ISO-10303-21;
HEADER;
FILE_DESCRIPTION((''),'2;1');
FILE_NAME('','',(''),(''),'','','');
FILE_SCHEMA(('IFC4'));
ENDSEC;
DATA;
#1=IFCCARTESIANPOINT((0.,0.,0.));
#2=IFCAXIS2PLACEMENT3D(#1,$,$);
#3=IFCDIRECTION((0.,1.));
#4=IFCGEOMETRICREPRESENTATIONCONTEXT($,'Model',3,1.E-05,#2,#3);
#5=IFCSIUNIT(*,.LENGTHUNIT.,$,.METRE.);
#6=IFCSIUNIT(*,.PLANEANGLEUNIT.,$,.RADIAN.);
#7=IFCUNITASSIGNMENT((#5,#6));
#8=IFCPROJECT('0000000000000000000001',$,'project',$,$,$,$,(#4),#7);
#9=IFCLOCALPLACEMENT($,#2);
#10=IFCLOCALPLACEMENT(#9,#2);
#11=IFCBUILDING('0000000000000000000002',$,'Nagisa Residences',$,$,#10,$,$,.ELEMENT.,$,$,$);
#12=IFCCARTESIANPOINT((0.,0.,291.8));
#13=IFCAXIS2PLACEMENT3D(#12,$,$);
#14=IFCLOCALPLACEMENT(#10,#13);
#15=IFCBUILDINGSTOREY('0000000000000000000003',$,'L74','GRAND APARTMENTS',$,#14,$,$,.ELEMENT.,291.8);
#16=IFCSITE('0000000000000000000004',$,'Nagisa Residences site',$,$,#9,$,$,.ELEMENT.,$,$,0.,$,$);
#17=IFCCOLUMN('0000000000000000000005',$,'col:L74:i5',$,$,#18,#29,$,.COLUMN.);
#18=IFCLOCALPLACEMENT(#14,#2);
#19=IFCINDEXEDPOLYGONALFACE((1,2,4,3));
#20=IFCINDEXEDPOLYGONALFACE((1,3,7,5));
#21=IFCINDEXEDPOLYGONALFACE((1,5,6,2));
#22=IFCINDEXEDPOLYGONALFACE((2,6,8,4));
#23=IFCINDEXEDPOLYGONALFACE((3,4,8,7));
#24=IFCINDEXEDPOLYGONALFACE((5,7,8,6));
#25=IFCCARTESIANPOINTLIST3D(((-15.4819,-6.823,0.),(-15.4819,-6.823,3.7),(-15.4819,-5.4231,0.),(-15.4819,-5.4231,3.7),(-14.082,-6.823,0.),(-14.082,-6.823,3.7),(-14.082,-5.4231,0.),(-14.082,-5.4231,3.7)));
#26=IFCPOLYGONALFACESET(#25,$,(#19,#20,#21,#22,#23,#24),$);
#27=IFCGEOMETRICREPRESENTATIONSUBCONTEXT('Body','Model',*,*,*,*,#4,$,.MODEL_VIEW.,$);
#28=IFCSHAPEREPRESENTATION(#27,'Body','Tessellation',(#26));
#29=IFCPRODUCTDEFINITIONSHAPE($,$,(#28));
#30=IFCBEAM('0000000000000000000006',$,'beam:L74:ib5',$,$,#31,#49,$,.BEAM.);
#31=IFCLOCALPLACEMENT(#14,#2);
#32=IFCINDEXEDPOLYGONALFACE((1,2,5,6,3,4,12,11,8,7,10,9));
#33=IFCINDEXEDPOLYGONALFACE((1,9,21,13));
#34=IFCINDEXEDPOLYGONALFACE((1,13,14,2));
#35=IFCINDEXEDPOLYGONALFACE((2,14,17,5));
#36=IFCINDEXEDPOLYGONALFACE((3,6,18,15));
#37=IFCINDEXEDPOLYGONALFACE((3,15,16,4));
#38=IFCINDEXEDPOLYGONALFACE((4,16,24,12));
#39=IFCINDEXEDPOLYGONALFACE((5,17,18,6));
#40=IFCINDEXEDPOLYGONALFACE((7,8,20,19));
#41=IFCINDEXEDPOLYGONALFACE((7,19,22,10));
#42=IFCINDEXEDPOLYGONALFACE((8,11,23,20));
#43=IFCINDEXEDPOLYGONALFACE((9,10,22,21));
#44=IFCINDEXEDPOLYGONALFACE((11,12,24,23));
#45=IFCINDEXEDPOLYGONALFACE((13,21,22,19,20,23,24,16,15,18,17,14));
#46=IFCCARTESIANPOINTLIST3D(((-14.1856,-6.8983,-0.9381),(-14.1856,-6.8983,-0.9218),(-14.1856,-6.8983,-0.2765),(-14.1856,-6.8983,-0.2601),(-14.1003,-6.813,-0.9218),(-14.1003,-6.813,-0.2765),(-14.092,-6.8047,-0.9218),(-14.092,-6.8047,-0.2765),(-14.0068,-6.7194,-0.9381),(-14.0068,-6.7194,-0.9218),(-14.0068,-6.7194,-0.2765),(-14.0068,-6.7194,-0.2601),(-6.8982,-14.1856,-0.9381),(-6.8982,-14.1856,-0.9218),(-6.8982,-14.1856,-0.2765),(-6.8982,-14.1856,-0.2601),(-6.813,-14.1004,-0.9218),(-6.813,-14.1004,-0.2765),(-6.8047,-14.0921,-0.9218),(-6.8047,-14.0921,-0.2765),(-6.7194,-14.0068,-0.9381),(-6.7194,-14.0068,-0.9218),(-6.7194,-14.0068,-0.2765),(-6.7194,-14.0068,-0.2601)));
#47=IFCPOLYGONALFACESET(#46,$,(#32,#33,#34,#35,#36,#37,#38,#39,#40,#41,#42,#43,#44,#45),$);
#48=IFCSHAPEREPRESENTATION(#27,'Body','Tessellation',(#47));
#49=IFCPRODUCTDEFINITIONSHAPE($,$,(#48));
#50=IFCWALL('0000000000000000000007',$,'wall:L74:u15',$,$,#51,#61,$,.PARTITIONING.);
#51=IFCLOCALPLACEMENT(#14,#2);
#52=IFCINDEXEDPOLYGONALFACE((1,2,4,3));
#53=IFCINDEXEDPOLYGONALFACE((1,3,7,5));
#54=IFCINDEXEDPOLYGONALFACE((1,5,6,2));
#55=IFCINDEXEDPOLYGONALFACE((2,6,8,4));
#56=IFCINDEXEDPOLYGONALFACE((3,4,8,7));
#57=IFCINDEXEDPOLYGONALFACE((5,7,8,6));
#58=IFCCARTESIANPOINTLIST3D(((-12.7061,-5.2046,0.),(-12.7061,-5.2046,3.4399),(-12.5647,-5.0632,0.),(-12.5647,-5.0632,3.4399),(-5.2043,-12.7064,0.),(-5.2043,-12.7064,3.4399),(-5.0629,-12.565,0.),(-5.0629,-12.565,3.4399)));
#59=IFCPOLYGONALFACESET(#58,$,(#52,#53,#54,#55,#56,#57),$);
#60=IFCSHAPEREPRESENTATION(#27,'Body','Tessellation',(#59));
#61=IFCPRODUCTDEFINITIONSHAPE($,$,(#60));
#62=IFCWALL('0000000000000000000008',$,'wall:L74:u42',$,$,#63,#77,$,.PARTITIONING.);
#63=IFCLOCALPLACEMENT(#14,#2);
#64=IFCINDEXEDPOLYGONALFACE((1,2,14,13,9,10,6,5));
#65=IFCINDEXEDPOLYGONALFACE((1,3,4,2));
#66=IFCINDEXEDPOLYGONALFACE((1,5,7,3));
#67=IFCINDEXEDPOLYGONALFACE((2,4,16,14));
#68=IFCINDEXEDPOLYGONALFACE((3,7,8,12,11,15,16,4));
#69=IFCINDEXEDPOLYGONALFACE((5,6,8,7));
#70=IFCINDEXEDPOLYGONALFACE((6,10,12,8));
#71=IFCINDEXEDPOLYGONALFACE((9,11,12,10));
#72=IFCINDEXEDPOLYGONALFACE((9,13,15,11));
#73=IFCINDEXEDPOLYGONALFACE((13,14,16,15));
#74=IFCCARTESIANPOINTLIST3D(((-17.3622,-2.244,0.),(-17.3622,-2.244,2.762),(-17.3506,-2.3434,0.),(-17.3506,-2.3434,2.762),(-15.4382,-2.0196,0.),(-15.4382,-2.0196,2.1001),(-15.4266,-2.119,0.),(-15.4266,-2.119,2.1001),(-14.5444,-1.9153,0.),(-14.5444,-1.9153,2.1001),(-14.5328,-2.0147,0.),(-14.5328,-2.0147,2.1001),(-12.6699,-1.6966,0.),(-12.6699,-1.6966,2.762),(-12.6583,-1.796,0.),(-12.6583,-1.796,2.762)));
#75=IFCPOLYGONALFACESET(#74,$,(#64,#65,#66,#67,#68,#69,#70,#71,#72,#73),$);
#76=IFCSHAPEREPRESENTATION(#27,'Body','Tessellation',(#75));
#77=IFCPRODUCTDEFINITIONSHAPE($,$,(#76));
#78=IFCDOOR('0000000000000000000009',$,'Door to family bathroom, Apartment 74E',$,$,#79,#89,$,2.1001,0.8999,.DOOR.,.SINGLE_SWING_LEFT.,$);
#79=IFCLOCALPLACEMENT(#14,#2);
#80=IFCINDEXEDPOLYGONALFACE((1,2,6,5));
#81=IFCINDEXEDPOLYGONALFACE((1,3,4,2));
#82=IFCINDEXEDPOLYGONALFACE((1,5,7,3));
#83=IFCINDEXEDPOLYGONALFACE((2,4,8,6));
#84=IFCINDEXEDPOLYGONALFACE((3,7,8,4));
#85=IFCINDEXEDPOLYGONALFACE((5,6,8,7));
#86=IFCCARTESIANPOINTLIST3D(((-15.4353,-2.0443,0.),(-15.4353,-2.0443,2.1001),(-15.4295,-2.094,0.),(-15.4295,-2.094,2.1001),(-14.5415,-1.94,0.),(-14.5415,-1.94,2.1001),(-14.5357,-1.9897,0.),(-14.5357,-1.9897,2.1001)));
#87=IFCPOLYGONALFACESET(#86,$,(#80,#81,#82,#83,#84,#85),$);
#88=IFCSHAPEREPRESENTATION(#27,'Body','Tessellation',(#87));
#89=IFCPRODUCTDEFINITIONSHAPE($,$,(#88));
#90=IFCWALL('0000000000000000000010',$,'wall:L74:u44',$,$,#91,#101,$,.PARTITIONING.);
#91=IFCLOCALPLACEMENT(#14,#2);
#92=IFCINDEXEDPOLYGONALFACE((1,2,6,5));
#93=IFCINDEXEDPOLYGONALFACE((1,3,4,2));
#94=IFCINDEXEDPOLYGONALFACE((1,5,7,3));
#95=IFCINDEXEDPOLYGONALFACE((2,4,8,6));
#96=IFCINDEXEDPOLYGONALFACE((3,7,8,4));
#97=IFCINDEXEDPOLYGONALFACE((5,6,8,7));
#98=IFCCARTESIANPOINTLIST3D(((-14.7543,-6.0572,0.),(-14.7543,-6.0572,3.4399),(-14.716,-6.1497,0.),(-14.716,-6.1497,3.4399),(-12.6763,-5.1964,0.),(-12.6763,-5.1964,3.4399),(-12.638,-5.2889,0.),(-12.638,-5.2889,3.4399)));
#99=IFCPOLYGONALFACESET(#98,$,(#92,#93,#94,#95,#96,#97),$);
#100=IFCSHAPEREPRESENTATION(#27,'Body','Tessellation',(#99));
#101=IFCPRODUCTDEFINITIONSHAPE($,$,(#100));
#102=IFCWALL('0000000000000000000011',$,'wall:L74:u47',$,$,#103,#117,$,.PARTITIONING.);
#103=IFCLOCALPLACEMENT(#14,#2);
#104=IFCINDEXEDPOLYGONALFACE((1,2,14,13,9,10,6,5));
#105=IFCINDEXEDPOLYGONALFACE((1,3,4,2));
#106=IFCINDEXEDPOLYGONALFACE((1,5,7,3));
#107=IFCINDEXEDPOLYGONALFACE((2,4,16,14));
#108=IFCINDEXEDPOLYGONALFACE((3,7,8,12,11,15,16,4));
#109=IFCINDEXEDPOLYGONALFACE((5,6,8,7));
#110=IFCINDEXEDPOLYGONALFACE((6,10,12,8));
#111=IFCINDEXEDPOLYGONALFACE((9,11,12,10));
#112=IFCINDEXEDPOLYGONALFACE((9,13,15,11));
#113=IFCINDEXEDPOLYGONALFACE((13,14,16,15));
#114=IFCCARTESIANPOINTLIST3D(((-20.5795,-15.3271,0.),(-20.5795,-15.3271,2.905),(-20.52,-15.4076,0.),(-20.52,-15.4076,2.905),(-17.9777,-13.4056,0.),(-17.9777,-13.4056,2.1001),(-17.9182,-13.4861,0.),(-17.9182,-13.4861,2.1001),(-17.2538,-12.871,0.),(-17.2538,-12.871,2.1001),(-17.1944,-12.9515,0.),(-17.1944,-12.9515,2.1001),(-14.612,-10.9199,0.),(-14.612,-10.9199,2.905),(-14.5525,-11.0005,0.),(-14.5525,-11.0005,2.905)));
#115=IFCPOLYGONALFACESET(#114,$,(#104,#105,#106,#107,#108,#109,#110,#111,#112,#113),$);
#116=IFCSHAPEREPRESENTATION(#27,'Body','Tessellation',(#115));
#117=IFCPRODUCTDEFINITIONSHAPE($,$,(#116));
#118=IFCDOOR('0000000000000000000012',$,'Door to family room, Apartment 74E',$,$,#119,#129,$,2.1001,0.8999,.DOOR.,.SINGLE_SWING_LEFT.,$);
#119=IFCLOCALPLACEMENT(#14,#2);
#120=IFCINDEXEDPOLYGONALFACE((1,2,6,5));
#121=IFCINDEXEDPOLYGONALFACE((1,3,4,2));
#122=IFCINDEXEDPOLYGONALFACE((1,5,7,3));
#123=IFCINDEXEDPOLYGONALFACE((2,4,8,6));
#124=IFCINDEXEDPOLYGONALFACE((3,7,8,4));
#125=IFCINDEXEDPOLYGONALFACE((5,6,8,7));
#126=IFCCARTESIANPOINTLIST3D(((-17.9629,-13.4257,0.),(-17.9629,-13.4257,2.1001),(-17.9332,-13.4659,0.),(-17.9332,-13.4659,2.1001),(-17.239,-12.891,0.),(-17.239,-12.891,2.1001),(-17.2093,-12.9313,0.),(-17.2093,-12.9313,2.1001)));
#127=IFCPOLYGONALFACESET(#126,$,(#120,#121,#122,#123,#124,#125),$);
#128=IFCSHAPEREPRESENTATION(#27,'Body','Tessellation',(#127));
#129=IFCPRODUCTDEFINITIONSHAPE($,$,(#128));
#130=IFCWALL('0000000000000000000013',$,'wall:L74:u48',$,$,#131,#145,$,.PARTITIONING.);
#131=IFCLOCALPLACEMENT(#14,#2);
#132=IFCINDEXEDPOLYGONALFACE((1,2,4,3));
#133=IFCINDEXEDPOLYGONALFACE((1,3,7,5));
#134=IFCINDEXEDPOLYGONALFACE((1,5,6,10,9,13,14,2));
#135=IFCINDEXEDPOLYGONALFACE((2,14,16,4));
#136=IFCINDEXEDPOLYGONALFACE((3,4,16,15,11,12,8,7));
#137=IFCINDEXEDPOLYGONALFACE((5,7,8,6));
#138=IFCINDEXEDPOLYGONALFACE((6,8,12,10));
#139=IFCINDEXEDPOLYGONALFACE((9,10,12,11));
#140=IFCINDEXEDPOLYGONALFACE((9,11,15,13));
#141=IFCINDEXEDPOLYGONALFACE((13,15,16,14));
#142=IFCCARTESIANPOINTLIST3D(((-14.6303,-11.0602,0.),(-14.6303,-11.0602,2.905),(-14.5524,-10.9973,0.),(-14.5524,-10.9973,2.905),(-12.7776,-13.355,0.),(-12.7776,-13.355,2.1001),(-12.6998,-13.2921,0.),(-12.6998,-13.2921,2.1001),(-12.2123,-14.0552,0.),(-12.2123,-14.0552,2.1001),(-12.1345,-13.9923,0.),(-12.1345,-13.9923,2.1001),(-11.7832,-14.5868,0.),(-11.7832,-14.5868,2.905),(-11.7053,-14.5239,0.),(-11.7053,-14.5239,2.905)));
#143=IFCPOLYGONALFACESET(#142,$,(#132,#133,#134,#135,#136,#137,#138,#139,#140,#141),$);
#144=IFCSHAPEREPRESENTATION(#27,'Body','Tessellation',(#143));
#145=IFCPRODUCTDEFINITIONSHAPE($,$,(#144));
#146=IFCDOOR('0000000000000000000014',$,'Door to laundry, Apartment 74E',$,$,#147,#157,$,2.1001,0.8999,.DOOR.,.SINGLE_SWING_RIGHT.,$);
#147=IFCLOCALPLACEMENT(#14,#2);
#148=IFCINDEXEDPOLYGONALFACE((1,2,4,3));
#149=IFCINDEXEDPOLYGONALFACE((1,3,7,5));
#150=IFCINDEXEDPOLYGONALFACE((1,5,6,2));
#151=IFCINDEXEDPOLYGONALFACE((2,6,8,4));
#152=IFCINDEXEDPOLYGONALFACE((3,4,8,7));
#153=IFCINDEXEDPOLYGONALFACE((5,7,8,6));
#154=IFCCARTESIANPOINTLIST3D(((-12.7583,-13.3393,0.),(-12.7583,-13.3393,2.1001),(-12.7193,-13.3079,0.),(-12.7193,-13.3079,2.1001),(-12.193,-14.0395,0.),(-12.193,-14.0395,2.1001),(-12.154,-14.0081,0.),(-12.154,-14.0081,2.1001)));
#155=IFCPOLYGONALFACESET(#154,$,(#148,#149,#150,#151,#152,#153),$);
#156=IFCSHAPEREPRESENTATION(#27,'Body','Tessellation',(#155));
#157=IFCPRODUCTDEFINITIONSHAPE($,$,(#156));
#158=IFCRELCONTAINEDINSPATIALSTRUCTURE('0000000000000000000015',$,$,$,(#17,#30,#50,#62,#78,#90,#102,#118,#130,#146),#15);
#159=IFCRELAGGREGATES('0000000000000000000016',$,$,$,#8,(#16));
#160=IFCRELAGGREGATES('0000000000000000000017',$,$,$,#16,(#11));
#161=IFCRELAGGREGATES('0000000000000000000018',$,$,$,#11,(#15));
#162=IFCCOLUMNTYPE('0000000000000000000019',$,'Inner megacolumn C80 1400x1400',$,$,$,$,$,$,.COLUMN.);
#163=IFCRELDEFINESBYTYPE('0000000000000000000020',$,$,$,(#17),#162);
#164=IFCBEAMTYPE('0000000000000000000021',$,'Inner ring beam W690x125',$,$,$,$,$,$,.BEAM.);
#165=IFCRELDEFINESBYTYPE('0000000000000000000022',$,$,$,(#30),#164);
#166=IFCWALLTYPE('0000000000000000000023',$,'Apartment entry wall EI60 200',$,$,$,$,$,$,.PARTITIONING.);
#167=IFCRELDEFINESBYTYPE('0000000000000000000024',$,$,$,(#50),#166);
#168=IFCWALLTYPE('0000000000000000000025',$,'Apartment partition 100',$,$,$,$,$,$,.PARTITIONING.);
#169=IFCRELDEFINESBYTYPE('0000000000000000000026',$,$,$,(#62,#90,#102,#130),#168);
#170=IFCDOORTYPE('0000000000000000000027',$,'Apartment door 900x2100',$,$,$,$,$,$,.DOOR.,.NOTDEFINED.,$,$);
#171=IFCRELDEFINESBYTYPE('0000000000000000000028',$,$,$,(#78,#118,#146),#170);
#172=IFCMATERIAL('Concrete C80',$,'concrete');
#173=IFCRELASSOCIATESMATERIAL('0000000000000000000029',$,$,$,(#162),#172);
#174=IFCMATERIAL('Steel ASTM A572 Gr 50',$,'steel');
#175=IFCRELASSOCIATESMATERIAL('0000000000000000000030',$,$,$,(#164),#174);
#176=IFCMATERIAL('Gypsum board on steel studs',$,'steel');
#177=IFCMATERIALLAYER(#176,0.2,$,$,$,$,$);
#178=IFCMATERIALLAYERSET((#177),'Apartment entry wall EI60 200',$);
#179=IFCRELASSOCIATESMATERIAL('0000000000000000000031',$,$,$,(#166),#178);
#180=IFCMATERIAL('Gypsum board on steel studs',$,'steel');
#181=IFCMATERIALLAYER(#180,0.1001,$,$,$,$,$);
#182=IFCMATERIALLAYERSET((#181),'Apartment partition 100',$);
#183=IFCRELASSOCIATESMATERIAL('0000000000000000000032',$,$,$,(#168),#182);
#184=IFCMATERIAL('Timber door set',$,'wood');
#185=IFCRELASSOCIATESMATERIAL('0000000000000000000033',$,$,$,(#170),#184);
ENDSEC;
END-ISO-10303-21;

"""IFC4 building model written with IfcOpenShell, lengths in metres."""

from ifc_helpers import new_model, si_unit, direction, frame, frame_2d, origin, origin_2d, place, context, subcontext, project, spatial, rectangle, i_section, extrude, material, layer, layer_set, material_profile, profile_set, type_object, element, fill, save


model = new_model("IFC4")

# Units and contexts
model_context = context("Model", 3, precision=1e-05, world=origin(), true_north=direction((0.0, 1.0)))
body_context = subcontext(model_context, "Body", "Model", "MODEL_VIEW")
ifc_project = project(units=[si_unit("LENGTHUNIT", "METRE"), si_unit("PLANEANGLEUNIT", "RADIAN")], contexts=[model_context])

# Site, building, storey
site_placement = place(None, origin())
site = spatial("IfcSite", under=ifc_project, at=site_placement, Name="Nagisa Residences site", CompositionType="ELEMENT", RefElevation=0.0)
building_placement = place(site_placement, origin())
building = spatial("IfcBuilding", under=site, at=building_placement, Name="Nagisa Residences", CompositionType="ELEMENT")
storey_placement = place(building_placement, frame((0.0, 0.0, 291.8)))
storey = spatial("IfcBuildingStorey", under=building, at=storey_placement, Name="L74", Description="GRAND APARTMENTS", CompositionType="ELEMENT", Elevation=291.8)

# Column
ifc_material_1 = material(Name="Concrete C80", Category="concrete")
ifc_material_profile_1 = material_profile(ifc_material_1, rectangle(XDim=1.3999, YDim=1.3999, at=origin_2d()), Name="C80 1400x1400")
ifc_profile_set_1 = profile_set([ifc_material_profile_1], Name="Concrete C80")
column_type = type_object("IfcColumnType", Name="Inner megacolumn C80 1400x1400", PredefinedType="COLUMN", material=ifc_profile_set_1)
column_placement = place(storey_placement, frame((-14.782, -6.123, 0.0), z_axis=(0.0, 0.0, 1.0), x_axis=(1.0, 0.0, 0.0)))
element("IfcColumn", 1, at=column_placement, inside=storey, type_object=column_type, Name="col:L74:i5", PredefinedType="COLUMN", context=body_context, shape_type="SweptSolid", body=[
    extrude(rectangle(XDim=1.3999, YDim=1.3999, at=origin_2d()), origin(), (0.0, 0.0, 1.0), 3.7),
])

# Beam
ifc_material_2 = material(Name="Steel ASTM A572 Gr 50", Category="steel")
ifc_material_profile_2 = material_profile(ifc_material_2, i_section(OverallWidth=0.2529, OverallDepth=0.678, WebThickness=0.0117, FlangeThickness=0.0164, at=origin_2d()), Name="W690x125")
ifc_profile_set_2 = profile_set([ifc_material_profile_2], Name="Steel ASTM A572 Gr 50")
beam_type = type_object("IfcBeamType", Name="Inner ring beam W690x125", PredefinedType="BEAM", material=ifc_profile_set_2)
beam_placement = place(storey_placement, frame((-14.0962, -6.8088, -0.5991), z_axis=(0.707107, -0.707107, 0.0), x_axis=(0.707107, 0.707107, 0.0)))
element("IfcBeam", 2, at=beam_placement, inside=storey, type_object=beam_type, Name="beam:L74:ib5", PredefinedType="BEAM", context=body_context, shape_type="SweptSolid", body=[
    extrude(i_section(OverallWidth=0.2529, OverallDepth=0.678, WebThickness=0.0117, FlangeThickness=0.0164, at=origin_2d()), origin(), (0.0, 0.0, 1.0), 10.3059),
])

# Wall
ifc_material_3 = material(Name="Gypsum board on steel studs", Category="steel")
ifc_layer_1 = layer(ifc_material_3, 0.2)
ifc_layer_set_1 = layer_set([ifc_layer_1], Name="Apartment entry wall EI60 200")
wall_type_1 = type_object("IfcWallType", Name="Apartment entry wall EI60 200", PredefinedType="PARTITIONING", material=ifc_layer_set_1)
wall_1_placement = place(storey_placement, frame((-12.6355, -5.1338, 0.0), z_axis=(0.0, 0.0, 1.0), x_axis=(0.707107, -0.707107, 0.0)))
element("IfcWall", 3, at=wall_1_placement, inside=storey, type_object=wall_type_1, Name="wall:L74:u15", PredefinedType="PARTITIONING", context=body_context, shape_type="SweptSolid", body=[
    extrude(rectangle(XDim=10.6091, YDim=0.2, at=frame_2d((5.3047, 0.0))), origin(), (0.0, 0.0, 1.0), 3.4399),
])

# Wall, opening, door
ifc_material_4 = material(Name="Gypsum board on steel studs", Category="steel")
ifc_layer_2 = layer(ifc_material_4, 0.1001)
ifc_layer_set_2 = layer_set([ifc_layer_2], Name="Apartment partition 100")
wall_type_2 = type_object("IfcWallType", Name="Apartment partition 100", PredefinedType="PARTITIONING", material=ifc_layer_set_2)
wall_2_placement = place(storey_placement, frame((-12.6641, -1.7463, 0.0), z_axis=(0.0, 0.0, 1.0), x_axis=(-0.993265, -0.115864, 0.0)))
wall_2 = element("IfcWall", 4, at=wall_2_placement, inside=storey, type_object=wall_type_2, Name="wall:L74:u42", PredefinedType="PARTITIONING", context=body_context, shape_type="SweptSolid", body=[
    extrude(rectangle(XDim=4.7241, YDim=0.1001, at=frame_2d((2.3621, 0.0))), origin(), (0.0, 0.0, 1.0), 2.762),
])
opening_1_placement = place(wall_2_placement, frame((1.8872, 0.0, 0.0)))
opening_1 = element("IfcOpeningElement", 5, at=opening_1_placement, cuts=wall_2, PredefinedType="OPENING", context=body_context, shape_type="SweptSolid", body=[
    extrude(rectangle(XDim=0.8999, YDim=2.1001, at=frame_2d((0.45, 1.05))), frame((0.0, 0.0601, 0.0), z_axis=(0.0, -1.0, 0.0), x_axis=(1.0, 0.0, 0.0)), (0.0, 0.0, 1.0), 0.1201),
])
ifc_material_5 = material(Name="Timber door set", Category="wood")
door_type_1 = type_object("IfcDoorType", Name="Apartment door 900x2100", OperationType="NOTDEFINED", PredefinedType="DOOR", material=ifc_material_5)
door_1_placement = place(opening_1_placement, origin())
door_1 = element("IfcDoor", 6, at=door_1_placement, inside=storey, type_object=door_type_1, Name="Door to family bathroom, Apartment 74E", OperationType="SINGLE_SWING_LEFT", OverallHeight=2.1001, OverallWidth=0.8999, PredefinedType="DOOR", context=body_context, shape_type="SweptSolid", body=[
    extrude(rectangle(XDim=0.8999, YDim=2.1001, at=frame_2d((0.45, 1.05))), frame((0.0, 0.0249, 0.0), z_axis=(0.0, -1.0, 0.0), x_axis=(1.0, 0.0, 0.0)), (0.0, 0.0, 1.0), 0.05),
])
fill(opening_1, door_1)

# Wall
wall_3_placement = place(storey_placement, frame((-12.6572, -5.2427, 0.0), z_axis=(0.0, 0.0, 1.0), x_axis=(-0.923871, -0.382703, 0.0)))
element("IfcWall", 7, at=wall_3_placement, inside=storey, type_object=wall_type_2, Name="wall:L74:u44", PredefinedType="PARTITIONING", context=body_context, shape_type="SweptSolid", body=[
    extrude(rectangle(XDim=2.2493, YDim=0.1001, at=frame_2d((1.1245, 0.0))), origin(), (0.0, 0.0, 1.0), 3.4399),
])

# Walls, openings, doors
wall_4_placement = place(storey_placement, frame((-14.5823, -10.9602, 0.0), z_axis=(0.0, 0.0, 1.0), x_axis=(-0.804405, -0.594081, 0.0)))
wall_4 = element("IfcWall", 8, at=wall_4_placement, inside=storey, type_object=wall_type_2, Name="wall:L74:u47", PredefinedType="PARTITIONING", context=body_context, shape_type="SweptSolid", body=[
    extrude(rectangle(XDim=7.4185, YDim=0.1001, at=frame_2d((3.7092, 0.0))), origin(), (0.0, 0.0, 1.0), 2.905),
])
opening_2_placement = place(wall_4_placement, frame((3.2842, 0.0, 0.0)))
opening_2 = element("IfcOpeningElement", 9, at=opening_2_placement, cuts=wall_4, PredefinedType="OPENING", context=body_context, shape_type="SweptSolid", body=[
    extrude(rectangle(XDim=0.8999, YDim=2.1001, at=frame_2d((0.45, 1.05))), frame((0.0, 0.0601, 0.0), z_axis=(0.0, -1.0, 0.0), x_axis=(1.0, 0.0, 0.0)), (0.0, 0.0, 1.0), 0.1201),
])
door_2_placement = place(opening_2_placement, origin())
door_2 = element("IfcDoor", 10, at=door_2_placement, inside=storey, type_object=door_type_1, Name="Door to family room, Apartment 74E", OperationType="SINGLE_SWING_LEFT", OverallHeight=2.1001, OverallWidth=0.8999, PredefinedType="DOOR", context=body_context, shape_type="SweptSolid", body=[
    extrude(rectangle(XDim=0.8999, YDim=2.1001, at=frame_2d((0.45, 1.05))), frame((0.0, 0.0249, 0.0), z_axis=(0.0, -1.0, 0.0), x_axis=(1.0, 0.0, 0.0)), (0.0, 0.0, 1.0), 0.05),
])
fill(opening_2, door_2)
wall_5_placement = place(storey_placement, frame((-14.5913, -11.0288, 0.0), z_axis=(0.0, 0.0, 1.0), x_axis=(0.62817, -0.778076, 0.0)))
wall_5 = element("IfcWall", 11, at=wall_5_placement, inside=storey, type_object=wall_type_2, Name="wall:L74:u48", PredefinedType="PARTITIONING", context=body_context, shape_type="SweptSolid", body=[
    extrude(rectangle(XDim=4.5325, YDim=0.1001, at=frame_2d((2.2661, 0.0))), origin(), (0.0, 0.0, 1.0), 2.905),
])
opening_3_placement = place(wall_5_placement, frame((2.9492, 0.0, 0.0)))
opening_3 = element("IfcOpeningElement", 12, at=opening_3_placement, cuts=wall_5, PredefinedType="OPENING", context=body_context, shape_type="SweptSolid", body=[
    extrude(rectangle(XDim=0.8999, YDim=2.1001, at=frame_2d((0.45, 1.05))), frame((0.0, 0.0601, 0.0), z_axis=(0.0, -1.0, 0.0), x_axis=(1.0, 0.0, 0.0)), (0.0, 0.0, 1.0), 0.1201),
])
door_3_placement = place(opening_3_placement, origin())
door_3 = element("IfcDoor", 13, at=door_3_placement, inside=storey, type_object=door_type_1, Name="Door to laundry, Apartment 74E", OperationType="SINGLE_SWING_RIGHT", OverallHeight=2.1001, OverallWidth=0.8999, PredefinedType="DOOR", context=body_context, shape_type="SweptSolid", body=[
    extrude(rectangle(XDim=0.8999, YDim=2.1001, at=frame_2d((0.45, 1.05))), frame((0.0, 0.0249, 0.0), z_axis=(0.0, -1.0, 0.0), x_axis=(1.0, 0.0, 0.0)), (0.0, 0.0, 1.0), 0.05),
])
fill(opening_3, door_3)

save(model, "model.ifc")
